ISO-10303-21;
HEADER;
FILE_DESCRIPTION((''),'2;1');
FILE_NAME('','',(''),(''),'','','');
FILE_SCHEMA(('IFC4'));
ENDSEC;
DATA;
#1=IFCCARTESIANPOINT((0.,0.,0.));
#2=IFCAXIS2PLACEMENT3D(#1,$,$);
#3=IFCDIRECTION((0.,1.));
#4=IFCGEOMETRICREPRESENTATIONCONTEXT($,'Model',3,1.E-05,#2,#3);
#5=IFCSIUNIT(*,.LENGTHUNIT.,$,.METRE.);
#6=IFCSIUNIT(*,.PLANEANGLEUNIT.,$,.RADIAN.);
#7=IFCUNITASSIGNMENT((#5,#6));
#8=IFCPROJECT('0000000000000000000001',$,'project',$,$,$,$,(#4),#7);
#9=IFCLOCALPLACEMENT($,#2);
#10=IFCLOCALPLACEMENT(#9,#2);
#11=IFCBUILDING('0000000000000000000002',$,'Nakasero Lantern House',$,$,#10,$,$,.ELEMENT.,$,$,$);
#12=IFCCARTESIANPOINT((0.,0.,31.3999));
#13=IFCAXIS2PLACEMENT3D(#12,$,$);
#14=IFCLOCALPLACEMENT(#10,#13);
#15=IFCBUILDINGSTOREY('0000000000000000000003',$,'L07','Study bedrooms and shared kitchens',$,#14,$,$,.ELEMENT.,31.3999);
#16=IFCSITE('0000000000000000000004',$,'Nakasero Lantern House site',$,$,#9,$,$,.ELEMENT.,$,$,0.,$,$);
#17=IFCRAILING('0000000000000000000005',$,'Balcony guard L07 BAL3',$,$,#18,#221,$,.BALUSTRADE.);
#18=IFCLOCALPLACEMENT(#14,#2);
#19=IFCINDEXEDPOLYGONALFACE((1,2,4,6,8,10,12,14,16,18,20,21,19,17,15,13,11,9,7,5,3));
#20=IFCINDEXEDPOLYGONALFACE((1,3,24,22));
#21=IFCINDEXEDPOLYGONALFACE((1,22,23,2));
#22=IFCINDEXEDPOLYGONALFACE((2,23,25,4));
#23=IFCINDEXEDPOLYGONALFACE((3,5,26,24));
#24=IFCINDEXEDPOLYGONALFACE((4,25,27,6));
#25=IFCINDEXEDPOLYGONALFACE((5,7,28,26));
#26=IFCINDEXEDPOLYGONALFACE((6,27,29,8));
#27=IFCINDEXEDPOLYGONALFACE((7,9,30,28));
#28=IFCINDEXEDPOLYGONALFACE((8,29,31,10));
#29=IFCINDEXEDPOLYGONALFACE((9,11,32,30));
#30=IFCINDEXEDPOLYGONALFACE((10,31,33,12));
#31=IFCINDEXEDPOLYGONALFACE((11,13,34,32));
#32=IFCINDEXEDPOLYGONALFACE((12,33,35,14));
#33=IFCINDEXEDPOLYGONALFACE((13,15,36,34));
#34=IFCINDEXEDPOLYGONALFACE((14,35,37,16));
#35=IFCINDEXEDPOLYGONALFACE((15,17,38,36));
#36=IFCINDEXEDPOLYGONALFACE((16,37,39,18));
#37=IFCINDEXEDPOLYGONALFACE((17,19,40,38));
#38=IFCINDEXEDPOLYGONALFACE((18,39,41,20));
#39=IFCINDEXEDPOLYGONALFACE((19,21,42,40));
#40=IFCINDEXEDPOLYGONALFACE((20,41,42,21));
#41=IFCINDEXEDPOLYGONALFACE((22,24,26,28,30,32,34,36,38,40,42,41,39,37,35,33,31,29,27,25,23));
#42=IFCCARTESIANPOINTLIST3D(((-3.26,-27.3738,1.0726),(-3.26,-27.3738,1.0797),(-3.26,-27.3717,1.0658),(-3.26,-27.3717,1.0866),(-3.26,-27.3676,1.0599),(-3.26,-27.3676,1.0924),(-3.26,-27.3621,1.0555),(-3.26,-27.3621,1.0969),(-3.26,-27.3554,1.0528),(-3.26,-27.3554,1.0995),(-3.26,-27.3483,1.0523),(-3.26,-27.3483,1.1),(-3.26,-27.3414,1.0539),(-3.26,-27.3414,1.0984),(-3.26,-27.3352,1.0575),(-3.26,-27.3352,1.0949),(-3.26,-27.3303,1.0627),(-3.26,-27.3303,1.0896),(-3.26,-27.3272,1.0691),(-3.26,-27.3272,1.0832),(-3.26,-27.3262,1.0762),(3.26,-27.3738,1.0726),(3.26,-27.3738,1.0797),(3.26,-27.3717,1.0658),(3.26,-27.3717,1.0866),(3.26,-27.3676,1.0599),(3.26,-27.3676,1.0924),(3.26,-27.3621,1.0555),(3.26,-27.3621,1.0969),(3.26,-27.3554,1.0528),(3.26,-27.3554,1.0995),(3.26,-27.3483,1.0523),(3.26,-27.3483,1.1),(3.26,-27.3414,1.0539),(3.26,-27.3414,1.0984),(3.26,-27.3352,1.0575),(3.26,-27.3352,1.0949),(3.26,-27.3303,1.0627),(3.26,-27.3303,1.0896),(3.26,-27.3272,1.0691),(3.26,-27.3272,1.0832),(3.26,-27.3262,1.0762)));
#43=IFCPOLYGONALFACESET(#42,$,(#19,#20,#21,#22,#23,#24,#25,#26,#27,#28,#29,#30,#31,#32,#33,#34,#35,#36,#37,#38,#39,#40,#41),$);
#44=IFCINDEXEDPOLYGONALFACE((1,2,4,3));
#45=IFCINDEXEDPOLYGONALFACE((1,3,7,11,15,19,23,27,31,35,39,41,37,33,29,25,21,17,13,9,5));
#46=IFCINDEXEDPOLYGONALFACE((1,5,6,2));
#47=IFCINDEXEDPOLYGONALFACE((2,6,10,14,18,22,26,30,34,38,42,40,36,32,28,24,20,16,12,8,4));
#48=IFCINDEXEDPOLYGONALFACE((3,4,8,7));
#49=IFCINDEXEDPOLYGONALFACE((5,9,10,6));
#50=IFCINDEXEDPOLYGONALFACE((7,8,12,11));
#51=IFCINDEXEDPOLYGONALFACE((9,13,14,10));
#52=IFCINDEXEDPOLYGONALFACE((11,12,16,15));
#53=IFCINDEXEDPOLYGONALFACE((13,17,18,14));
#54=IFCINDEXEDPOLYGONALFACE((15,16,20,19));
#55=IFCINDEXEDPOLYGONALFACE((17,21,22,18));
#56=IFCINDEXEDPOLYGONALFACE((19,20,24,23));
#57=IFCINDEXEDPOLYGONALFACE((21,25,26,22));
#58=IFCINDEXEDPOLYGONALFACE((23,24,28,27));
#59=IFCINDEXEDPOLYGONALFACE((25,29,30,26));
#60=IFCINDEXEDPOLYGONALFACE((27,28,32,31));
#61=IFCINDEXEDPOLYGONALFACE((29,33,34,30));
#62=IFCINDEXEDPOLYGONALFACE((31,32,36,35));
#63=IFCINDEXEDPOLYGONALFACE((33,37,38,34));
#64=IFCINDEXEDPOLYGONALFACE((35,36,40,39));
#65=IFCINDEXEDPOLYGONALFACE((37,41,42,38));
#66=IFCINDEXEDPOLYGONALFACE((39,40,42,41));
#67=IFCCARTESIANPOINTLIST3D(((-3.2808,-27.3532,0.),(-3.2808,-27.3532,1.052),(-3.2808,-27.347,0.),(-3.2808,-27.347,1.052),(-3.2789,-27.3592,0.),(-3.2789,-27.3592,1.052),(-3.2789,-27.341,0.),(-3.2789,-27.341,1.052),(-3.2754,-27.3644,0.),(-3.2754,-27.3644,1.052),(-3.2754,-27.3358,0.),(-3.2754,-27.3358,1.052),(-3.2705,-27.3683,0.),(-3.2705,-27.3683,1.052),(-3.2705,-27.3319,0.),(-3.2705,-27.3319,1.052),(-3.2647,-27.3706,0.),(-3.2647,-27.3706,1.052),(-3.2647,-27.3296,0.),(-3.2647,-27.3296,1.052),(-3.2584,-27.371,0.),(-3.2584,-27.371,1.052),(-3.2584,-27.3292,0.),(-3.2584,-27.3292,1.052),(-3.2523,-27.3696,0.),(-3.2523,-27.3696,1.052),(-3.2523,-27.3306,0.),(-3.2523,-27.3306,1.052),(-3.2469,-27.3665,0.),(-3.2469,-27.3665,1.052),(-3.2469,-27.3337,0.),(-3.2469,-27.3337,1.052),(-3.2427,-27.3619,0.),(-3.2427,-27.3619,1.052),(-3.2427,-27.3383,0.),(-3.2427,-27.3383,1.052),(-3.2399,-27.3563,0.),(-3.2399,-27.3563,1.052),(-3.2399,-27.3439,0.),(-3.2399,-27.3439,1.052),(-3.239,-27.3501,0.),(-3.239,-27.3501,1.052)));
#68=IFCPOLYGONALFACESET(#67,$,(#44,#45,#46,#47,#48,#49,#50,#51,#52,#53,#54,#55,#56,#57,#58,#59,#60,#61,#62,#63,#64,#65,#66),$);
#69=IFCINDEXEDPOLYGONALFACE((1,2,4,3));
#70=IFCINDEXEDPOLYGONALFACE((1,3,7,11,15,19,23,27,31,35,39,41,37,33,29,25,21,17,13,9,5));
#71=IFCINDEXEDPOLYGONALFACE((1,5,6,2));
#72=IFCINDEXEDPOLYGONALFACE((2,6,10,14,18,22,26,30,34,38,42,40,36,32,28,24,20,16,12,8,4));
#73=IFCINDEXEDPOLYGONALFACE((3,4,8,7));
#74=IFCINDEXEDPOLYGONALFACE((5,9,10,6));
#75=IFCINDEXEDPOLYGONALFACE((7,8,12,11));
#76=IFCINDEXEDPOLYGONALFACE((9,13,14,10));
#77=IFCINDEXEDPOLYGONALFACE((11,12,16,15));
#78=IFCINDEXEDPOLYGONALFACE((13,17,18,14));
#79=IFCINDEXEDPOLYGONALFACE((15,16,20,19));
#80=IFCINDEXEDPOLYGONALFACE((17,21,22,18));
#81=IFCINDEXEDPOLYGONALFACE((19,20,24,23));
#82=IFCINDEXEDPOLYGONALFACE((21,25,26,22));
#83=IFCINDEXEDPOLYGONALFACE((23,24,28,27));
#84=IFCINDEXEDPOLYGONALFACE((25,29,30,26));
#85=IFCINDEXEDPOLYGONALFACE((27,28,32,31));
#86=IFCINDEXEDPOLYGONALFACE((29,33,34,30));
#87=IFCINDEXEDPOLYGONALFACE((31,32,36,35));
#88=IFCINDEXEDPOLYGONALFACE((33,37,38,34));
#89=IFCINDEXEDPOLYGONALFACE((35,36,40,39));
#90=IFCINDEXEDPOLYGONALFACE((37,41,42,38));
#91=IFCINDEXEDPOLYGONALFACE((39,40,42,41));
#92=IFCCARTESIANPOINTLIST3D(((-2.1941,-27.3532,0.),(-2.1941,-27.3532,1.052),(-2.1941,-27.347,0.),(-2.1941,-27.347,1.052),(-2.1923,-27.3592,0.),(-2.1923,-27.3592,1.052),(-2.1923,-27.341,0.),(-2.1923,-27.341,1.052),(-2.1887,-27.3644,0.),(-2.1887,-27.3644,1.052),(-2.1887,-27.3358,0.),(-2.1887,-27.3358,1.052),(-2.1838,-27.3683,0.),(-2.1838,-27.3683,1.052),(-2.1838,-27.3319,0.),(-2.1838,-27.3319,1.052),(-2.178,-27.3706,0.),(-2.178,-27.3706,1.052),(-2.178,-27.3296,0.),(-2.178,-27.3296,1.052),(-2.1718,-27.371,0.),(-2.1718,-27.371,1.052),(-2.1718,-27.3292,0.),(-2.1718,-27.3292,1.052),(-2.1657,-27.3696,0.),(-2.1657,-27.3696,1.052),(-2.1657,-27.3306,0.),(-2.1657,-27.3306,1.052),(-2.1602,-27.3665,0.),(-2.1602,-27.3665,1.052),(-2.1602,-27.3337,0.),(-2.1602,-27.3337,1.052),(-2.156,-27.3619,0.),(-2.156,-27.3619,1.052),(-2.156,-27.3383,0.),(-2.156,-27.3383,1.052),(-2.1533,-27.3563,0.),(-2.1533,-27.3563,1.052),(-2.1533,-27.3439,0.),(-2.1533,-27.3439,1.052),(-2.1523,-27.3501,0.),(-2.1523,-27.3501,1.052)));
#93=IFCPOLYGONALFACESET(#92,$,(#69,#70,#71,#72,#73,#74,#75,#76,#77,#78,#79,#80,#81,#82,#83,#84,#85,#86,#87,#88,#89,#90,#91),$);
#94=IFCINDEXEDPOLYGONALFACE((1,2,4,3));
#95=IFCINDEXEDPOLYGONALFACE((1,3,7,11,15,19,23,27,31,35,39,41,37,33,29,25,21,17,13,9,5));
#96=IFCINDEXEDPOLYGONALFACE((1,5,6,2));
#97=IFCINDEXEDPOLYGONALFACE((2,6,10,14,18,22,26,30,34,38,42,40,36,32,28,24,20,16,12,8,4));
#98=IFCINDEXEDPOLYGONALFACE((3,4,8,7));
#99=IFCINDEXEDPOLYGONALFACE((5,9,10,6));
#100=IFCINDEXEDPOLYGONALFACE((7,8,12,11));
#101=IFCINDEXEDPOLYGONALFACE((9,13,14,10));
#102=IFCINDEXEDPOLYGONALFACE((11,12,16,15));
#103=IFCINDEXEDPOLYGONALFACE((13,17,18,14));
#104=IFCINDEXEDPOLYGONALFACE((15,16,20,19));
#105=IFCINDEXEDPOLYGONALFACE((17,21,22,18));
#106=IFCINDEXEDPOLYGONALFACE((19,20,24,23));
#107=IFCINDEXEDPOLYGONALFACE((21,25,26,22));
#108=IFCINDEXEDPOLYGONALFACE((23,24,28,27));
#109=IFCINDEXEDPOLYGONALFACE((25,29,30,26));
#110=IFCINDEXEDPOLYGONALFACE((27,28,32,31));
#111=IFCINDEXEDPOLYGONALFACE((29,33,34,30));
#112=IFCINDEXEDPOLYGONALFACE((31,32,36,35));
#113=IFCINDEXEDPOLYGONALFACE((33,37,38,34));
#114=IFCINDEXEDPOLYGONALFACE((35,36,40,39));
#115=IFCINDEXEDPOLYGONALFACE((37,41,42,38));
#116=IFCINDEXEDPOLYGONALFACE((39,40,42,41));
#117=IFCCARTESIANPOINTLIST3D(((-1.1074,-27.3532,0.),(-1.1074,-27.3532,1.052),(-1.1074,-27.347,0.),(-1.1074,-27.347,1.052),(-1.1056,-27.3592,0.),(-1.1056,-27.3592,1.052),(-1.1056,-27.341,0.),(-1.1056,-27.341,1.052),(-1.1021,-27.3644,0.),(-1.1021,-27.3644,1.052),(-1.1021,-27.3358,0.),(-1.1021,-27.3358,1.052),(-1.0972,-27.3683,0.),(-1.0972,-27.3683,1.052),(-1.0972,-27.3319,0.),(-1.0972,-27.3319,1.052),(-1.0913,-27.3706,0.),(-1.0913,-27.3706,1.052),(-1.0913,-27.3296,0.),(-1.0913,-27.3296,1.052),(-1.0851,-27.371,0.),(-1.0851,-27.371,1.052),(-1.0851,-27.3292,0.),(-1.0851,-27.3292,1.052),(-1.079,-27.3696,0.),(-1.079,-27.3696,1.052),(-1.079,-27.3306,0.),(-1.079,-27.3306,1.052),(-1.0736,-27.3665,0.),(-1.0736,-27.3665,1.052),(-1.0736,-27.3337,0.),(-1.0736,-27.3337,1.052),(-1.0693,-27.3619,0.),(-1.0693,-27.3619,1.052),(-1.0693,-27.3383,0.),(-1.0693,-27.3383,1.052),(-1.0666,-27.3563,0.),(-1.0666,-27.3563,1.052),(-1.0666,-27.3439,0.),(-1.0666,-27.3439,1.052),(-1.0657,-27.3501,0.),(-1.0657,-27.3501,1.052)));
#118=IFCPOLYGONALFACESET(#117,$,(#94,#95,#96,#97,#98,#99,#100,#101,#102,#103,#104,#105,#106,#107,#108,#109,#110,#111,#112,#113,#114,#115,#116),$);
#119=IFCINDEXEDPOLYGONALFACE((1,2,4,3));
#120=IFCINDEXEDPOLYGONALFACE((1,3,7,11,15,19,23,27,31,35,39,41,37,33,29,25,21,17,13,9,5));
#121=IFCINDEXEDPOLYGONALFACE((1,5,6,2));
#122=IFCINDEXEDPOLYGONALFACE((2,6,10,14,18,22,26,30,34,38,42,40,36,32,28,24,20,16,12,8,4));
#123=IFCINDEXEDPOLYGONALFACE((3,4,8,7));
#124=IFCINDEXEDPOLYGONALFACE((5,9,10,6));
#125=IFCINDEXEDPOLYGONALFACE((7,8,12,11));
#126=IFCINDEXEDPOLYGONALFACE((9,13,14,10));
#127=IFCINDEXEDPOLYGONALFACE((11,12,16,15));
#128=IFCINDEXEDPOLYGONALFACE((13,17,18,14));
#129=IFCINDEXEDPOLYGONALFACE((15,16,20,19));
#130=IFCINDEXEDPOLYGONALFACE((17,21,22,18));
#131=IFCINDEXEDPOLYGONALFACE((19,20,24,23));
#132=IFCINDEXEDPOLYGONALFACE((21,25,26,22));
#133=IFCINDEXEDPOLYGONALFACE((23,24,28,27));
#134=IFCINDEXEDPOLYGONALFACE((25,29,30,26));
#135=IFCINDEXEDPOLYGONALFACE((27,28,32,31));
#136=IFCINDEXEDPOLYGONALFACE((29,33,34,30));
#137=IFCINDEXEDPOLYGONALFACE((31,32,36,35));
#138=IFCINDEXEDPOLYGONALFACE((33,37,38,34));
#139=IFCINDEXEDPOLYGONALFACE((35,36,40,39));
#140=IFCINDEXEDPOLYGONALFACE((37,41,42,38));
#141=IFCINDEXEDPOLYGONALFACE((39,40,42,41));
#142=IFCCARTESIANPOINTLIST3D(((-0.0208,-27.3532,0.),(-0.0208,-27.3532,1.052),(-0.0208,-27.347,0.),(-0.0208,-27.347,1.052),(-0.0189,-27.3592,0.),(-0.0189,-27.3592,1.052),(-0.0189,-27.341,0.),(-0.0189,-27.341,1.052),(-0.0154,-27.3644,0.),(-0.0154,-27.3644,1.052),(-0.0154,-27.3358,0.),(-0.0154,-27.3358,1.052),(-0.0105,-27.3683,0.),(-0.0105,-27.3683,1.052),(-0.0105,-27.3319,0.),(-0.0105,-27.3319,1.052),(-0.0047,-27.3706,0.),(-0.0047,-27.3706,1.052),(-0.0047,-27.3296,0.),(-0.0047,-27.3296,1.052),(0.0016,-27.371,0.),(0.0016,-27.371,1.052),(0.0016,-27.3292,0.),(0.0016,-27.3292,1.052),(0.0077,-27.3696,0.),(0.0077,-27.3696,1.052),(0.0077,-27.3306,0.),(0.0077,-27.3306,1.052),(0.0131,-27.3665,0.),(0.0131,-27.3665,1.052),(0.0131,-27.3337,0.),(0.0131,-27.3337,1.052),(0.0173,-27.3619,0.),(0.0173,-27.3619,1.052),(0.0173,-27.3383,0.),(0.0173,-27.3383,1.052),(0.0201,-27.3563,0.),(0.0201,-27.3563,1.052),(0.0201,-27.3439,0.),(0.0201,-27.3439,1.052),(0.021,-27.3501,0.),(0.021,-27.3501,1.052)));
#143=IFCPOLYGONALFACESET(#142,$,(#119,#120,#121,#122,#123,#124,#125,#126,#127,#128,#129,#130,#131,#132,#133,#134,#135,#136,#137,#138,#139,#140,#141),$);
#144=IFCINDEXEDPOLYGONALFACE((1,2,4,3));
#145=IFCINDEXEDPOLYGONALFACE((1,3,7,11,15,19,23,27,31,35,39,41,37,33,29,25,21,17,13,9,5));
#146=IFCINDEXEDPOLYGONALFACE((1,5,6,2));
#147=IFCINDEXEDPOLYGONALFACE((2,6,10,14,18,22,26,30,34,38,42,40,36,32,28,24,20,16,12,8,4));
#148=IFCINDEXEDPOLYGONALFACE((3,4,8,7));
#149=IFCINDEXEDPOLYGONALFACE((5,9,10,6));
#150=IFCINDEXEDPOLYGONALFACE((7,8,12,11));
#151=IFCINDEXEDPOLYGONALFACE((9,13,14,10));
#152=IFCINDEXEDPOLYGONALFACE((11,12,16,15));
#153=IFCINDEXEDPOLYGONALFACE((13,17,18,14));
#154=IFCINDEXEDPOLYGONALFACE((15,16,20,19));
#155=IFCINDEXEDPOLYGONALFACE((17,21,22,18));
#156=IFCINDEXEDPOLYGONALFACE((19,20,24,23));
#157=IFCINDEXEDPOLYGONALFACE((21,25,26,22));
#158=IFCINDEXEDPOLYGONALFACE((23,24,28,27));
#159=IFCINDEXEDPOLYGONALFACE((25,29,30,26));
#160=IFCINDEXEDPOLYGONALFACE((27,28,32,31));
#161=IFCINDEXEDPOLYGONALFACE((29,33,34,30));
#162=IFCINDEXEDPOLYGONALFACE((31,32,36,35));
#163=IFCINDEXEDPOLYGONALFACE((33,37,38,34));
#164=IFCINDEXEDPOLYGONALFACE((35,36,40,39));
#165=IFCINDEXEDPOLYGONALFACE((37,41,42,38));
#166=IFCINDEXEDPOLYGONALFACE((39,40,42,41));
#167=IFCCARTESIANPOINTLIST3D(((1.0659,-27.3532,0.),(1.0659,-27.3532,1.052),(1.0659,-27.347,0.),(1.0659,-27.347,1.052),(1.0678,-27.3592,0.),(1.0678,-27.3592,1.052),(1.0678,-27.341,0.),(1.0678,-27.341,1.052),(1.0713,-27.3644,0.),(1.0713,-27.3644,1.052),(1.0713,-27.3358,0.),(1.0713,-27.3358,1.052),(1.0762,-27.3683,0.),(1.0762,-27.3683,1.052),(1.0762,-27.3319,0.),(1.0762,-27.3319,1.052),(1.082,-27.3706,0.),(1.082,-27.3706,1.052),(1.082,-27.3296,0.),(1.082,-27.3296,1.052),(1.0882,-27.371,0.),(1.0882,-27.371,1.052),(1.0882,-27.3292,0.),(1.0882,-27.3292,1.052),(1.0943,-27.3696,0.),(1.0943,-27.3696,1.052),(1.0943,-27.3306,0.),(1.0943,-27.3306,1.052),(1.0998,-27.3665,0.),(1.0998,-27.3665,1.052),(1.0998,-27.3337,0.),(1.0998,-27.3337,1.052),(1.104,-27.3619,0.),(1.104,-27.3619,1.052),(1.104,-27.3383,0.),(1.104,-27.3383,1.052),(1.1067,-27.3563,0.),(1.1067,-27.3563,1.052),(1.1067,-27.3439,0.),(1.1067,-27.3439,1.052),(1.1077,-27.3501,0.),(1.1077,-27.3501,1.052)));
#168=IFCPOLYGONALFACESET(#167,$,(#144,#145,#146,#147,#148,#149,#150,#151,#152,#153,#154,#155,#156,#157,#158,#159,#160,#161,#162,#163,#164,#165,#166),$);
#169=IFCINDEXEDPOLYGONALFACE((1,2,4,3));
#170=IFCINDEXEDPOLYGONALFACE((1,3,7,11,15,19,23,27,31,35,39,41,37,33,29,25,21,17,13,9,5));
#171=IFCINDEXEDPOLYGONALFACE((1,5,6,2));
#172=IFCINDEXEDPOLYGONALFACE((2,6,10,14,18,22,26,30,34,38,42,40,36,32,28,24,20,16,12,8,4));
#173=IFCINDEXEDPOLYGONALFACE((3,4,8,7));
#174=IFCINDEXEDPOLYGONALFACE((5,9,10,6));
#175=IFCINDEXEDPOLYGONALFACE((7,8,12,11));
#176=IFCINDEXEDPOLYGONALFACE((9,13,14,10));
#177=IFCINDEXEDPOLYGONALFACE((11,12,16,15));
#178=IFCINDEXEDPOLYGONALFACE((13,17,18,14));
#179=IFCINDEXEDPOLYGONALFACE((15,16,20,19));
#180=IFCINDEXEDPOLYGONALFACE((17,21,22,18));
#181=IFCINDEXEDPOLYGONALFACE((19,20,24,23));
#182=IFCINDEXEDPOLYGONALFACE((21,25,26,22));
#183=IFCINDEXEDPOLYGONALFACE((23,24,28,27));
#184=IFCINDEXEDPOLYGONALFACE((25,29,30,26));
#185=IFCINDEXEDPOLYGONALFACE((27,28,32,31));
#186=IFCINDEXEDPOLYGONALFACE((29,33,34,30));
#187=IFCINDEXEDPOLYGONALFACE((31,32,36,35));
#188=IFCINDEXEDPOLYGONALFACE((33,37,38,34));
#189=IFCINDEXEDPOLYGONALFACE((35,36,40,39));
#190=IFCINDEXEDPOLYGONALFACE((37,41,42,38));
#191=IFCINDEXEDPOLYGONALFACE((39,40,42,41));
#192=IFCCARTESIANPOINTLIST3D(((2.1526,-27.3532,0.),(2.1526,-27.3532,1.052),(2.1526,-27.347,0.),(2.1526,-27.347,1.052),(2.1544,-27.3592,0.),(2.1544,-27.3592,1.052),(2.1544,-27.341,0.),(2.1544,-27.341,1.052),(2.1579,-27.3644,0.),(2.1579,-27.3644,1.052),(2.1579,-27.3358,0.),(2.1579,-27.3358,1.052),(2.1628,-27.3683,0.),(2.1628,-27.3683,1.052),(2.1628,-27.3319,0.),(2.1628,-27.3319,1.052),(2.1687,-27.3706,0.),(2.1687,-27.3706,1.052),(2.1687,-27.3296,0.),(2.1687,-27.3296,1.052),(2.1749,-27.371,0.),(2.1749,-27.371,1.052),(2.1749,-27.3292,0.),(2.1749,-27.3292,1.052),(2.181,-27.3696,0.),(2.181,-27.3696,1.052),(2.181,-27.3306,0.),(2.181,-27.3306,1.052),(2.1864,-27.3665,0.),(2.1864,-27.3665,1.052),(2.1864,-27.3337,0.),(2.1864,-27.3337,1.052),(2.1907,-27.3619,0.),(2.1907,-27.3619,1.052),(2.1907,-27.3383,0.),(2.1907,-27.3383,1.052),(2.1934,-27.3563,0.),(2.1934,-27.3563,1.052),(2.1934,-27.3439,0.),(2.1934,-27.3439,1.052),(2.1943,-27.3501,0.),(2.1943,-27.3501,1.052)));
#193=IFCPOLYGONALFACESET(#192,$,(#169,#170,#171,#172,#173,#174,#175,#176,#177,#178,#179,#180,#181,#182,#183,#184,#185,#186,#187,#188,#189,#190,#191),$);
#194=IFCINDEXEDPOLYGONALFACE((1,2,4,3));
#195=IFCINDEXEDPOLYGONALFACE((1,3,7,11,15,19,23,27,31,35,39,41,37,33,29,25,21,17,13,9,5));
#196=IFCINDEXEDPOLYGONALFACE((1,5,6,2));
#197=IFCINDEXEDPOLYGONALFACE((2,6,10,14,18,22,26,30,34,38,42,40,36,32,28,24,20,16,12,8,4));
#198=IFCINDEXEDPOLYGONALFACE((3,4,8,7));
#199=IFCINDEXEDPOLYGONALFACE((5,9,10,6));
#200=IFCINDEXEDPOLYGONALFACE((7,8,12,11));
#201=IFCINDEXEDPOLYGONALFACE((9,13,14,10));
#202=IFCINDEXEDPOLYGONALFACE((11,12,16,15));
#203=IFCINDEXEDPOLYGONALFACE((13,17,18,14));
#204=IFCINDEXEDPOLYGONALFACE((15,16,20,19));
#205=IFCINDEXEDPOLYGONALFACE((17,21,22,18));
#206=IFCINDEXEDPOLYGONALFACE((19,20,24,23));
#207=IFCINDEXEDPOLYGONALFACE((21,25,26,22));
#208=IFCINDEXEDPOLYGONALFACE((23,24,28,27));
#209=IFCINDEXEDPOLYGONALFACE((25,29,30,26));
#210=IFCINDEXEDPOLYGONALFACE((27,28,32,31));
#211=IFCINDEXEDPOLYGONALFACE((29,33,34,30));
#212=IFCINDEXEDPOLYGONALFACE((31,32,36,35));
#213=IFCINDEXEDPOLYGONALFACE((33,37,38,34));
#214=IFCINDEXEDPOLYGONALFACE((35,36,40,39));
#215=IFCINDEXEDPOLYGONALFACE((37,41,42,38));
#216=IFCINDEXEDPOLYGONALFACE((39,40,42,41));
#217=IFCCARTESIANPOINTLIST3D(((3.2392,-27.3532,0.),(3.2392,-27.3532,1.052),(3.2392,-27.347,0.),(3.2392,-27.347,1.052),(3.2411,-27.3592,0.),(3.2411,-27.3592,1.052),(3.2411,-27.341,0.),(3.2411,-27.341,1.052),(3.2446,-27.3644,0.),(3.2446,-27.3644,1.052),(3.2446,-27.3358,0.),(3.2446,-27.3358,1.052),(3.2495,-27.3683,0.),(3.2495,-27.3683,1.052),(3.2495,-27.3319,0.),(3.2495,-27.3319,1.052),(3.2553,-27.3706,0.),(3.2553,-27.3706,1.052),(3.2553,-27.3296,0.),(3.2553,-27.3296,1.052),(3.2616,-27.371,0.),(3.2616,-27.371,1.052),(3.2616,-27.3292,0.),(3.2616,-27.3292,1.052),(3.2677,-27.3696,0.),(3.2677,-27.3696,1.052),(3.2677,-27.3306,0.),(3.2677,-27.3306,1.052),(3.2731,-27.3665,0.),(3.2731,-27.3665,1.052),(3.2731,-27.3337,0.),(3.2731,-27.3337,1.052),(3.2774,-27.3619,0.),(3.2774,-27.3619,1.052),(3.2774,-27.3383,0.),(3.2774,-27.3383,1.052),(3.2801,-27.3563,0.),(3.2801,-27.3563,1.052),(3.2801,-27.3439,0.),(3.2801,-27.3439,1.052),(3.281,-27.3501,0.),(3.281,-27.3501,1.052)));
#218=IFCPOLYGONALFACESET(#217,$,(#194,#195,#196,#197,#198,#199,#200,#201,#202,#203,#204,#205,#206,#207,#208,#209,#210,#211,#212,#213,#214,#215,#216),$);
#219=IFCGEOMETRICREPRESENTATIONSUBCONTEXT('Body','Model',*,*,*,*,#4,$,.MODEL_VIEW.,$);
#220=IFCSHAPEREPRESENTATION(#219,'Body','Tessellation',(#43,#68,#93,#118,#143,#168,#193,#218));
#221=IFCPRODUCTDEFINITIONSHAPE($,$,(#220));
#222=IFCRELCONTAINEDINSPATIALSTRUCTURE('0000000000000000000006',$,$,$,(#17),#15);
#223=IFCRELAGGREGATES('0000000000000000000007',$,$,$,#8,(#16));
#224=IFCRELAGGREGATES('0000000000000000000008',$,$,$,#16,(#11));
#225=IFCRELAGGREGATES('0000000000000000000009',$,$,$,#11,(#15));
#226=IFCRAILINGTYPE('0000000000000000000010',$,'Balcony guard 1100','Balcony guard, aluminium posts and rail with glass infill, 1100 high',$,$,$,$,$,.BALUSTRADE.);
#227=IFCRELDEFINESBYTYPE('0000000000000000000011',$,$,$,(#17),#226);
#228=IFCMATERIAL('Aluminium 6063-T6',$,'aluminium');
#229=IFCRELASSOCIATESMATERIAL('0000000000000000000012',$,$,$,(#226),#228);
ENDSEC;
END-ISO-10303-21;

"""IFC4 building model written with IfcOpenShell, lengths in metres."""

from ifc_helpers import new_model, si_unit, direction, frame, origin, origin_2d, place, context, subcontext, project, spatial, circle, extrude, material, type_object, element, save


model = new_model("IFC4")

# Units and contexts
model_context = context("Model", 3, precision=1e-05, world=origin(), true_north=direction((0.0, 1.0)))
body_context = subcontext(model_context, "Body", "Model", "MODEL_VIEW")
ifc_project = project(units=[si_unit("LENGTHUNIT", "METRE"), si_unit("PLANEANGLEUNIT", "RADIAN")], contexts=[model_context])

# Site, building, storey
site_placement = place(None, origin())
site = spatial("IfcSite", under=ifc_project, at=site_placement, Name="Nakasero Lantern House site", CompositionType="ELEMENT", RefElevation=0.0)
building_placement = place(site_placement, origin())
building = spatial("IfcBuilding", under=site, at=building_placement, Name="Nakasero Lantern House", CompositionType="ELEMENT")
storey_placement = place(building_placement, frame((0.0, 0.0, 31.3999)))
storey = spatial("IfcBuildingStorey", under=building, at=storey_placement, Name="L07", Description="Study bedrooms and shared kitchens", CompositionType="ELEMENT", Elevation=31.3999)

# Railing
ifc_material_1 = material(Name="Aluminium 6063-T6", Category="aluminium")
railing_type = type_object("IfcRailingType", Name="Balcony guard 1100", Description="Balcony guard, aluminium posts and rail with glass infill, 1100 high", PredefinedType="BALUSTRADE", material=ifc_material_1)
railing_placement = place(storey_placement, frame((-3.26, -27.3501, 0.0)))
element("IfcRailing", 1, at=railing_placement, inside=storey, type_object=railing_type, Name="Balcony guard L07 BAL3", PredefinedType="BALUSTRADE", context=body_context, shape_type="SweptSolid", body=[
    extrude(circle(Radius=0.0239, at=origin_2d()), frame((0.0, 0.0, 1.0762), z_axis=(1.0, 0.0, 0.0), x_axis=(0.0, 1.0, 0.0)), (0.0, 0.0, 1.0), 6.52),
    extrude(circle(Radius=0.021, at=origin_2d()), origin(), (0.0, 0.0, 1.0), 1.052),
    extrude(circle(Radius=0.021, at=origin_2d()), frame((1.0867, 0.0, 0.0)), (0.0, 0.0, 1.0), 1.052),
    extrude(circle(Radius=0.021, at=origin_2d()), frame((2.1733, 0.0, 0.0)), (0.0, 0.0, 1.0), 1.052),
    extrude(circle(Radius=0.021, at=origin_2d()), frame((3.26, 0.0, 0.0)), (0.0, 0.0, 1.0), 1.052),
    extrude(circle(Radius=0.021, at=origin_2d()), frame((4.3467, 0.0, 0.0)), (0.0, 0.0, 1.0), 1.052),
    extrude(circle(Radius=0.021, at=origin_2d()), frame((5.4333, 0.0, 0.0)), (0.0, 0.0, 1.0), 1.052),
    extrude(circle(Radius=0.021, at=origin_2d()), frame((6.52, 0.0, 0.0)), (0.0, 0.0, 1.0), 1.052),
])

save(model, "model.ifc")
